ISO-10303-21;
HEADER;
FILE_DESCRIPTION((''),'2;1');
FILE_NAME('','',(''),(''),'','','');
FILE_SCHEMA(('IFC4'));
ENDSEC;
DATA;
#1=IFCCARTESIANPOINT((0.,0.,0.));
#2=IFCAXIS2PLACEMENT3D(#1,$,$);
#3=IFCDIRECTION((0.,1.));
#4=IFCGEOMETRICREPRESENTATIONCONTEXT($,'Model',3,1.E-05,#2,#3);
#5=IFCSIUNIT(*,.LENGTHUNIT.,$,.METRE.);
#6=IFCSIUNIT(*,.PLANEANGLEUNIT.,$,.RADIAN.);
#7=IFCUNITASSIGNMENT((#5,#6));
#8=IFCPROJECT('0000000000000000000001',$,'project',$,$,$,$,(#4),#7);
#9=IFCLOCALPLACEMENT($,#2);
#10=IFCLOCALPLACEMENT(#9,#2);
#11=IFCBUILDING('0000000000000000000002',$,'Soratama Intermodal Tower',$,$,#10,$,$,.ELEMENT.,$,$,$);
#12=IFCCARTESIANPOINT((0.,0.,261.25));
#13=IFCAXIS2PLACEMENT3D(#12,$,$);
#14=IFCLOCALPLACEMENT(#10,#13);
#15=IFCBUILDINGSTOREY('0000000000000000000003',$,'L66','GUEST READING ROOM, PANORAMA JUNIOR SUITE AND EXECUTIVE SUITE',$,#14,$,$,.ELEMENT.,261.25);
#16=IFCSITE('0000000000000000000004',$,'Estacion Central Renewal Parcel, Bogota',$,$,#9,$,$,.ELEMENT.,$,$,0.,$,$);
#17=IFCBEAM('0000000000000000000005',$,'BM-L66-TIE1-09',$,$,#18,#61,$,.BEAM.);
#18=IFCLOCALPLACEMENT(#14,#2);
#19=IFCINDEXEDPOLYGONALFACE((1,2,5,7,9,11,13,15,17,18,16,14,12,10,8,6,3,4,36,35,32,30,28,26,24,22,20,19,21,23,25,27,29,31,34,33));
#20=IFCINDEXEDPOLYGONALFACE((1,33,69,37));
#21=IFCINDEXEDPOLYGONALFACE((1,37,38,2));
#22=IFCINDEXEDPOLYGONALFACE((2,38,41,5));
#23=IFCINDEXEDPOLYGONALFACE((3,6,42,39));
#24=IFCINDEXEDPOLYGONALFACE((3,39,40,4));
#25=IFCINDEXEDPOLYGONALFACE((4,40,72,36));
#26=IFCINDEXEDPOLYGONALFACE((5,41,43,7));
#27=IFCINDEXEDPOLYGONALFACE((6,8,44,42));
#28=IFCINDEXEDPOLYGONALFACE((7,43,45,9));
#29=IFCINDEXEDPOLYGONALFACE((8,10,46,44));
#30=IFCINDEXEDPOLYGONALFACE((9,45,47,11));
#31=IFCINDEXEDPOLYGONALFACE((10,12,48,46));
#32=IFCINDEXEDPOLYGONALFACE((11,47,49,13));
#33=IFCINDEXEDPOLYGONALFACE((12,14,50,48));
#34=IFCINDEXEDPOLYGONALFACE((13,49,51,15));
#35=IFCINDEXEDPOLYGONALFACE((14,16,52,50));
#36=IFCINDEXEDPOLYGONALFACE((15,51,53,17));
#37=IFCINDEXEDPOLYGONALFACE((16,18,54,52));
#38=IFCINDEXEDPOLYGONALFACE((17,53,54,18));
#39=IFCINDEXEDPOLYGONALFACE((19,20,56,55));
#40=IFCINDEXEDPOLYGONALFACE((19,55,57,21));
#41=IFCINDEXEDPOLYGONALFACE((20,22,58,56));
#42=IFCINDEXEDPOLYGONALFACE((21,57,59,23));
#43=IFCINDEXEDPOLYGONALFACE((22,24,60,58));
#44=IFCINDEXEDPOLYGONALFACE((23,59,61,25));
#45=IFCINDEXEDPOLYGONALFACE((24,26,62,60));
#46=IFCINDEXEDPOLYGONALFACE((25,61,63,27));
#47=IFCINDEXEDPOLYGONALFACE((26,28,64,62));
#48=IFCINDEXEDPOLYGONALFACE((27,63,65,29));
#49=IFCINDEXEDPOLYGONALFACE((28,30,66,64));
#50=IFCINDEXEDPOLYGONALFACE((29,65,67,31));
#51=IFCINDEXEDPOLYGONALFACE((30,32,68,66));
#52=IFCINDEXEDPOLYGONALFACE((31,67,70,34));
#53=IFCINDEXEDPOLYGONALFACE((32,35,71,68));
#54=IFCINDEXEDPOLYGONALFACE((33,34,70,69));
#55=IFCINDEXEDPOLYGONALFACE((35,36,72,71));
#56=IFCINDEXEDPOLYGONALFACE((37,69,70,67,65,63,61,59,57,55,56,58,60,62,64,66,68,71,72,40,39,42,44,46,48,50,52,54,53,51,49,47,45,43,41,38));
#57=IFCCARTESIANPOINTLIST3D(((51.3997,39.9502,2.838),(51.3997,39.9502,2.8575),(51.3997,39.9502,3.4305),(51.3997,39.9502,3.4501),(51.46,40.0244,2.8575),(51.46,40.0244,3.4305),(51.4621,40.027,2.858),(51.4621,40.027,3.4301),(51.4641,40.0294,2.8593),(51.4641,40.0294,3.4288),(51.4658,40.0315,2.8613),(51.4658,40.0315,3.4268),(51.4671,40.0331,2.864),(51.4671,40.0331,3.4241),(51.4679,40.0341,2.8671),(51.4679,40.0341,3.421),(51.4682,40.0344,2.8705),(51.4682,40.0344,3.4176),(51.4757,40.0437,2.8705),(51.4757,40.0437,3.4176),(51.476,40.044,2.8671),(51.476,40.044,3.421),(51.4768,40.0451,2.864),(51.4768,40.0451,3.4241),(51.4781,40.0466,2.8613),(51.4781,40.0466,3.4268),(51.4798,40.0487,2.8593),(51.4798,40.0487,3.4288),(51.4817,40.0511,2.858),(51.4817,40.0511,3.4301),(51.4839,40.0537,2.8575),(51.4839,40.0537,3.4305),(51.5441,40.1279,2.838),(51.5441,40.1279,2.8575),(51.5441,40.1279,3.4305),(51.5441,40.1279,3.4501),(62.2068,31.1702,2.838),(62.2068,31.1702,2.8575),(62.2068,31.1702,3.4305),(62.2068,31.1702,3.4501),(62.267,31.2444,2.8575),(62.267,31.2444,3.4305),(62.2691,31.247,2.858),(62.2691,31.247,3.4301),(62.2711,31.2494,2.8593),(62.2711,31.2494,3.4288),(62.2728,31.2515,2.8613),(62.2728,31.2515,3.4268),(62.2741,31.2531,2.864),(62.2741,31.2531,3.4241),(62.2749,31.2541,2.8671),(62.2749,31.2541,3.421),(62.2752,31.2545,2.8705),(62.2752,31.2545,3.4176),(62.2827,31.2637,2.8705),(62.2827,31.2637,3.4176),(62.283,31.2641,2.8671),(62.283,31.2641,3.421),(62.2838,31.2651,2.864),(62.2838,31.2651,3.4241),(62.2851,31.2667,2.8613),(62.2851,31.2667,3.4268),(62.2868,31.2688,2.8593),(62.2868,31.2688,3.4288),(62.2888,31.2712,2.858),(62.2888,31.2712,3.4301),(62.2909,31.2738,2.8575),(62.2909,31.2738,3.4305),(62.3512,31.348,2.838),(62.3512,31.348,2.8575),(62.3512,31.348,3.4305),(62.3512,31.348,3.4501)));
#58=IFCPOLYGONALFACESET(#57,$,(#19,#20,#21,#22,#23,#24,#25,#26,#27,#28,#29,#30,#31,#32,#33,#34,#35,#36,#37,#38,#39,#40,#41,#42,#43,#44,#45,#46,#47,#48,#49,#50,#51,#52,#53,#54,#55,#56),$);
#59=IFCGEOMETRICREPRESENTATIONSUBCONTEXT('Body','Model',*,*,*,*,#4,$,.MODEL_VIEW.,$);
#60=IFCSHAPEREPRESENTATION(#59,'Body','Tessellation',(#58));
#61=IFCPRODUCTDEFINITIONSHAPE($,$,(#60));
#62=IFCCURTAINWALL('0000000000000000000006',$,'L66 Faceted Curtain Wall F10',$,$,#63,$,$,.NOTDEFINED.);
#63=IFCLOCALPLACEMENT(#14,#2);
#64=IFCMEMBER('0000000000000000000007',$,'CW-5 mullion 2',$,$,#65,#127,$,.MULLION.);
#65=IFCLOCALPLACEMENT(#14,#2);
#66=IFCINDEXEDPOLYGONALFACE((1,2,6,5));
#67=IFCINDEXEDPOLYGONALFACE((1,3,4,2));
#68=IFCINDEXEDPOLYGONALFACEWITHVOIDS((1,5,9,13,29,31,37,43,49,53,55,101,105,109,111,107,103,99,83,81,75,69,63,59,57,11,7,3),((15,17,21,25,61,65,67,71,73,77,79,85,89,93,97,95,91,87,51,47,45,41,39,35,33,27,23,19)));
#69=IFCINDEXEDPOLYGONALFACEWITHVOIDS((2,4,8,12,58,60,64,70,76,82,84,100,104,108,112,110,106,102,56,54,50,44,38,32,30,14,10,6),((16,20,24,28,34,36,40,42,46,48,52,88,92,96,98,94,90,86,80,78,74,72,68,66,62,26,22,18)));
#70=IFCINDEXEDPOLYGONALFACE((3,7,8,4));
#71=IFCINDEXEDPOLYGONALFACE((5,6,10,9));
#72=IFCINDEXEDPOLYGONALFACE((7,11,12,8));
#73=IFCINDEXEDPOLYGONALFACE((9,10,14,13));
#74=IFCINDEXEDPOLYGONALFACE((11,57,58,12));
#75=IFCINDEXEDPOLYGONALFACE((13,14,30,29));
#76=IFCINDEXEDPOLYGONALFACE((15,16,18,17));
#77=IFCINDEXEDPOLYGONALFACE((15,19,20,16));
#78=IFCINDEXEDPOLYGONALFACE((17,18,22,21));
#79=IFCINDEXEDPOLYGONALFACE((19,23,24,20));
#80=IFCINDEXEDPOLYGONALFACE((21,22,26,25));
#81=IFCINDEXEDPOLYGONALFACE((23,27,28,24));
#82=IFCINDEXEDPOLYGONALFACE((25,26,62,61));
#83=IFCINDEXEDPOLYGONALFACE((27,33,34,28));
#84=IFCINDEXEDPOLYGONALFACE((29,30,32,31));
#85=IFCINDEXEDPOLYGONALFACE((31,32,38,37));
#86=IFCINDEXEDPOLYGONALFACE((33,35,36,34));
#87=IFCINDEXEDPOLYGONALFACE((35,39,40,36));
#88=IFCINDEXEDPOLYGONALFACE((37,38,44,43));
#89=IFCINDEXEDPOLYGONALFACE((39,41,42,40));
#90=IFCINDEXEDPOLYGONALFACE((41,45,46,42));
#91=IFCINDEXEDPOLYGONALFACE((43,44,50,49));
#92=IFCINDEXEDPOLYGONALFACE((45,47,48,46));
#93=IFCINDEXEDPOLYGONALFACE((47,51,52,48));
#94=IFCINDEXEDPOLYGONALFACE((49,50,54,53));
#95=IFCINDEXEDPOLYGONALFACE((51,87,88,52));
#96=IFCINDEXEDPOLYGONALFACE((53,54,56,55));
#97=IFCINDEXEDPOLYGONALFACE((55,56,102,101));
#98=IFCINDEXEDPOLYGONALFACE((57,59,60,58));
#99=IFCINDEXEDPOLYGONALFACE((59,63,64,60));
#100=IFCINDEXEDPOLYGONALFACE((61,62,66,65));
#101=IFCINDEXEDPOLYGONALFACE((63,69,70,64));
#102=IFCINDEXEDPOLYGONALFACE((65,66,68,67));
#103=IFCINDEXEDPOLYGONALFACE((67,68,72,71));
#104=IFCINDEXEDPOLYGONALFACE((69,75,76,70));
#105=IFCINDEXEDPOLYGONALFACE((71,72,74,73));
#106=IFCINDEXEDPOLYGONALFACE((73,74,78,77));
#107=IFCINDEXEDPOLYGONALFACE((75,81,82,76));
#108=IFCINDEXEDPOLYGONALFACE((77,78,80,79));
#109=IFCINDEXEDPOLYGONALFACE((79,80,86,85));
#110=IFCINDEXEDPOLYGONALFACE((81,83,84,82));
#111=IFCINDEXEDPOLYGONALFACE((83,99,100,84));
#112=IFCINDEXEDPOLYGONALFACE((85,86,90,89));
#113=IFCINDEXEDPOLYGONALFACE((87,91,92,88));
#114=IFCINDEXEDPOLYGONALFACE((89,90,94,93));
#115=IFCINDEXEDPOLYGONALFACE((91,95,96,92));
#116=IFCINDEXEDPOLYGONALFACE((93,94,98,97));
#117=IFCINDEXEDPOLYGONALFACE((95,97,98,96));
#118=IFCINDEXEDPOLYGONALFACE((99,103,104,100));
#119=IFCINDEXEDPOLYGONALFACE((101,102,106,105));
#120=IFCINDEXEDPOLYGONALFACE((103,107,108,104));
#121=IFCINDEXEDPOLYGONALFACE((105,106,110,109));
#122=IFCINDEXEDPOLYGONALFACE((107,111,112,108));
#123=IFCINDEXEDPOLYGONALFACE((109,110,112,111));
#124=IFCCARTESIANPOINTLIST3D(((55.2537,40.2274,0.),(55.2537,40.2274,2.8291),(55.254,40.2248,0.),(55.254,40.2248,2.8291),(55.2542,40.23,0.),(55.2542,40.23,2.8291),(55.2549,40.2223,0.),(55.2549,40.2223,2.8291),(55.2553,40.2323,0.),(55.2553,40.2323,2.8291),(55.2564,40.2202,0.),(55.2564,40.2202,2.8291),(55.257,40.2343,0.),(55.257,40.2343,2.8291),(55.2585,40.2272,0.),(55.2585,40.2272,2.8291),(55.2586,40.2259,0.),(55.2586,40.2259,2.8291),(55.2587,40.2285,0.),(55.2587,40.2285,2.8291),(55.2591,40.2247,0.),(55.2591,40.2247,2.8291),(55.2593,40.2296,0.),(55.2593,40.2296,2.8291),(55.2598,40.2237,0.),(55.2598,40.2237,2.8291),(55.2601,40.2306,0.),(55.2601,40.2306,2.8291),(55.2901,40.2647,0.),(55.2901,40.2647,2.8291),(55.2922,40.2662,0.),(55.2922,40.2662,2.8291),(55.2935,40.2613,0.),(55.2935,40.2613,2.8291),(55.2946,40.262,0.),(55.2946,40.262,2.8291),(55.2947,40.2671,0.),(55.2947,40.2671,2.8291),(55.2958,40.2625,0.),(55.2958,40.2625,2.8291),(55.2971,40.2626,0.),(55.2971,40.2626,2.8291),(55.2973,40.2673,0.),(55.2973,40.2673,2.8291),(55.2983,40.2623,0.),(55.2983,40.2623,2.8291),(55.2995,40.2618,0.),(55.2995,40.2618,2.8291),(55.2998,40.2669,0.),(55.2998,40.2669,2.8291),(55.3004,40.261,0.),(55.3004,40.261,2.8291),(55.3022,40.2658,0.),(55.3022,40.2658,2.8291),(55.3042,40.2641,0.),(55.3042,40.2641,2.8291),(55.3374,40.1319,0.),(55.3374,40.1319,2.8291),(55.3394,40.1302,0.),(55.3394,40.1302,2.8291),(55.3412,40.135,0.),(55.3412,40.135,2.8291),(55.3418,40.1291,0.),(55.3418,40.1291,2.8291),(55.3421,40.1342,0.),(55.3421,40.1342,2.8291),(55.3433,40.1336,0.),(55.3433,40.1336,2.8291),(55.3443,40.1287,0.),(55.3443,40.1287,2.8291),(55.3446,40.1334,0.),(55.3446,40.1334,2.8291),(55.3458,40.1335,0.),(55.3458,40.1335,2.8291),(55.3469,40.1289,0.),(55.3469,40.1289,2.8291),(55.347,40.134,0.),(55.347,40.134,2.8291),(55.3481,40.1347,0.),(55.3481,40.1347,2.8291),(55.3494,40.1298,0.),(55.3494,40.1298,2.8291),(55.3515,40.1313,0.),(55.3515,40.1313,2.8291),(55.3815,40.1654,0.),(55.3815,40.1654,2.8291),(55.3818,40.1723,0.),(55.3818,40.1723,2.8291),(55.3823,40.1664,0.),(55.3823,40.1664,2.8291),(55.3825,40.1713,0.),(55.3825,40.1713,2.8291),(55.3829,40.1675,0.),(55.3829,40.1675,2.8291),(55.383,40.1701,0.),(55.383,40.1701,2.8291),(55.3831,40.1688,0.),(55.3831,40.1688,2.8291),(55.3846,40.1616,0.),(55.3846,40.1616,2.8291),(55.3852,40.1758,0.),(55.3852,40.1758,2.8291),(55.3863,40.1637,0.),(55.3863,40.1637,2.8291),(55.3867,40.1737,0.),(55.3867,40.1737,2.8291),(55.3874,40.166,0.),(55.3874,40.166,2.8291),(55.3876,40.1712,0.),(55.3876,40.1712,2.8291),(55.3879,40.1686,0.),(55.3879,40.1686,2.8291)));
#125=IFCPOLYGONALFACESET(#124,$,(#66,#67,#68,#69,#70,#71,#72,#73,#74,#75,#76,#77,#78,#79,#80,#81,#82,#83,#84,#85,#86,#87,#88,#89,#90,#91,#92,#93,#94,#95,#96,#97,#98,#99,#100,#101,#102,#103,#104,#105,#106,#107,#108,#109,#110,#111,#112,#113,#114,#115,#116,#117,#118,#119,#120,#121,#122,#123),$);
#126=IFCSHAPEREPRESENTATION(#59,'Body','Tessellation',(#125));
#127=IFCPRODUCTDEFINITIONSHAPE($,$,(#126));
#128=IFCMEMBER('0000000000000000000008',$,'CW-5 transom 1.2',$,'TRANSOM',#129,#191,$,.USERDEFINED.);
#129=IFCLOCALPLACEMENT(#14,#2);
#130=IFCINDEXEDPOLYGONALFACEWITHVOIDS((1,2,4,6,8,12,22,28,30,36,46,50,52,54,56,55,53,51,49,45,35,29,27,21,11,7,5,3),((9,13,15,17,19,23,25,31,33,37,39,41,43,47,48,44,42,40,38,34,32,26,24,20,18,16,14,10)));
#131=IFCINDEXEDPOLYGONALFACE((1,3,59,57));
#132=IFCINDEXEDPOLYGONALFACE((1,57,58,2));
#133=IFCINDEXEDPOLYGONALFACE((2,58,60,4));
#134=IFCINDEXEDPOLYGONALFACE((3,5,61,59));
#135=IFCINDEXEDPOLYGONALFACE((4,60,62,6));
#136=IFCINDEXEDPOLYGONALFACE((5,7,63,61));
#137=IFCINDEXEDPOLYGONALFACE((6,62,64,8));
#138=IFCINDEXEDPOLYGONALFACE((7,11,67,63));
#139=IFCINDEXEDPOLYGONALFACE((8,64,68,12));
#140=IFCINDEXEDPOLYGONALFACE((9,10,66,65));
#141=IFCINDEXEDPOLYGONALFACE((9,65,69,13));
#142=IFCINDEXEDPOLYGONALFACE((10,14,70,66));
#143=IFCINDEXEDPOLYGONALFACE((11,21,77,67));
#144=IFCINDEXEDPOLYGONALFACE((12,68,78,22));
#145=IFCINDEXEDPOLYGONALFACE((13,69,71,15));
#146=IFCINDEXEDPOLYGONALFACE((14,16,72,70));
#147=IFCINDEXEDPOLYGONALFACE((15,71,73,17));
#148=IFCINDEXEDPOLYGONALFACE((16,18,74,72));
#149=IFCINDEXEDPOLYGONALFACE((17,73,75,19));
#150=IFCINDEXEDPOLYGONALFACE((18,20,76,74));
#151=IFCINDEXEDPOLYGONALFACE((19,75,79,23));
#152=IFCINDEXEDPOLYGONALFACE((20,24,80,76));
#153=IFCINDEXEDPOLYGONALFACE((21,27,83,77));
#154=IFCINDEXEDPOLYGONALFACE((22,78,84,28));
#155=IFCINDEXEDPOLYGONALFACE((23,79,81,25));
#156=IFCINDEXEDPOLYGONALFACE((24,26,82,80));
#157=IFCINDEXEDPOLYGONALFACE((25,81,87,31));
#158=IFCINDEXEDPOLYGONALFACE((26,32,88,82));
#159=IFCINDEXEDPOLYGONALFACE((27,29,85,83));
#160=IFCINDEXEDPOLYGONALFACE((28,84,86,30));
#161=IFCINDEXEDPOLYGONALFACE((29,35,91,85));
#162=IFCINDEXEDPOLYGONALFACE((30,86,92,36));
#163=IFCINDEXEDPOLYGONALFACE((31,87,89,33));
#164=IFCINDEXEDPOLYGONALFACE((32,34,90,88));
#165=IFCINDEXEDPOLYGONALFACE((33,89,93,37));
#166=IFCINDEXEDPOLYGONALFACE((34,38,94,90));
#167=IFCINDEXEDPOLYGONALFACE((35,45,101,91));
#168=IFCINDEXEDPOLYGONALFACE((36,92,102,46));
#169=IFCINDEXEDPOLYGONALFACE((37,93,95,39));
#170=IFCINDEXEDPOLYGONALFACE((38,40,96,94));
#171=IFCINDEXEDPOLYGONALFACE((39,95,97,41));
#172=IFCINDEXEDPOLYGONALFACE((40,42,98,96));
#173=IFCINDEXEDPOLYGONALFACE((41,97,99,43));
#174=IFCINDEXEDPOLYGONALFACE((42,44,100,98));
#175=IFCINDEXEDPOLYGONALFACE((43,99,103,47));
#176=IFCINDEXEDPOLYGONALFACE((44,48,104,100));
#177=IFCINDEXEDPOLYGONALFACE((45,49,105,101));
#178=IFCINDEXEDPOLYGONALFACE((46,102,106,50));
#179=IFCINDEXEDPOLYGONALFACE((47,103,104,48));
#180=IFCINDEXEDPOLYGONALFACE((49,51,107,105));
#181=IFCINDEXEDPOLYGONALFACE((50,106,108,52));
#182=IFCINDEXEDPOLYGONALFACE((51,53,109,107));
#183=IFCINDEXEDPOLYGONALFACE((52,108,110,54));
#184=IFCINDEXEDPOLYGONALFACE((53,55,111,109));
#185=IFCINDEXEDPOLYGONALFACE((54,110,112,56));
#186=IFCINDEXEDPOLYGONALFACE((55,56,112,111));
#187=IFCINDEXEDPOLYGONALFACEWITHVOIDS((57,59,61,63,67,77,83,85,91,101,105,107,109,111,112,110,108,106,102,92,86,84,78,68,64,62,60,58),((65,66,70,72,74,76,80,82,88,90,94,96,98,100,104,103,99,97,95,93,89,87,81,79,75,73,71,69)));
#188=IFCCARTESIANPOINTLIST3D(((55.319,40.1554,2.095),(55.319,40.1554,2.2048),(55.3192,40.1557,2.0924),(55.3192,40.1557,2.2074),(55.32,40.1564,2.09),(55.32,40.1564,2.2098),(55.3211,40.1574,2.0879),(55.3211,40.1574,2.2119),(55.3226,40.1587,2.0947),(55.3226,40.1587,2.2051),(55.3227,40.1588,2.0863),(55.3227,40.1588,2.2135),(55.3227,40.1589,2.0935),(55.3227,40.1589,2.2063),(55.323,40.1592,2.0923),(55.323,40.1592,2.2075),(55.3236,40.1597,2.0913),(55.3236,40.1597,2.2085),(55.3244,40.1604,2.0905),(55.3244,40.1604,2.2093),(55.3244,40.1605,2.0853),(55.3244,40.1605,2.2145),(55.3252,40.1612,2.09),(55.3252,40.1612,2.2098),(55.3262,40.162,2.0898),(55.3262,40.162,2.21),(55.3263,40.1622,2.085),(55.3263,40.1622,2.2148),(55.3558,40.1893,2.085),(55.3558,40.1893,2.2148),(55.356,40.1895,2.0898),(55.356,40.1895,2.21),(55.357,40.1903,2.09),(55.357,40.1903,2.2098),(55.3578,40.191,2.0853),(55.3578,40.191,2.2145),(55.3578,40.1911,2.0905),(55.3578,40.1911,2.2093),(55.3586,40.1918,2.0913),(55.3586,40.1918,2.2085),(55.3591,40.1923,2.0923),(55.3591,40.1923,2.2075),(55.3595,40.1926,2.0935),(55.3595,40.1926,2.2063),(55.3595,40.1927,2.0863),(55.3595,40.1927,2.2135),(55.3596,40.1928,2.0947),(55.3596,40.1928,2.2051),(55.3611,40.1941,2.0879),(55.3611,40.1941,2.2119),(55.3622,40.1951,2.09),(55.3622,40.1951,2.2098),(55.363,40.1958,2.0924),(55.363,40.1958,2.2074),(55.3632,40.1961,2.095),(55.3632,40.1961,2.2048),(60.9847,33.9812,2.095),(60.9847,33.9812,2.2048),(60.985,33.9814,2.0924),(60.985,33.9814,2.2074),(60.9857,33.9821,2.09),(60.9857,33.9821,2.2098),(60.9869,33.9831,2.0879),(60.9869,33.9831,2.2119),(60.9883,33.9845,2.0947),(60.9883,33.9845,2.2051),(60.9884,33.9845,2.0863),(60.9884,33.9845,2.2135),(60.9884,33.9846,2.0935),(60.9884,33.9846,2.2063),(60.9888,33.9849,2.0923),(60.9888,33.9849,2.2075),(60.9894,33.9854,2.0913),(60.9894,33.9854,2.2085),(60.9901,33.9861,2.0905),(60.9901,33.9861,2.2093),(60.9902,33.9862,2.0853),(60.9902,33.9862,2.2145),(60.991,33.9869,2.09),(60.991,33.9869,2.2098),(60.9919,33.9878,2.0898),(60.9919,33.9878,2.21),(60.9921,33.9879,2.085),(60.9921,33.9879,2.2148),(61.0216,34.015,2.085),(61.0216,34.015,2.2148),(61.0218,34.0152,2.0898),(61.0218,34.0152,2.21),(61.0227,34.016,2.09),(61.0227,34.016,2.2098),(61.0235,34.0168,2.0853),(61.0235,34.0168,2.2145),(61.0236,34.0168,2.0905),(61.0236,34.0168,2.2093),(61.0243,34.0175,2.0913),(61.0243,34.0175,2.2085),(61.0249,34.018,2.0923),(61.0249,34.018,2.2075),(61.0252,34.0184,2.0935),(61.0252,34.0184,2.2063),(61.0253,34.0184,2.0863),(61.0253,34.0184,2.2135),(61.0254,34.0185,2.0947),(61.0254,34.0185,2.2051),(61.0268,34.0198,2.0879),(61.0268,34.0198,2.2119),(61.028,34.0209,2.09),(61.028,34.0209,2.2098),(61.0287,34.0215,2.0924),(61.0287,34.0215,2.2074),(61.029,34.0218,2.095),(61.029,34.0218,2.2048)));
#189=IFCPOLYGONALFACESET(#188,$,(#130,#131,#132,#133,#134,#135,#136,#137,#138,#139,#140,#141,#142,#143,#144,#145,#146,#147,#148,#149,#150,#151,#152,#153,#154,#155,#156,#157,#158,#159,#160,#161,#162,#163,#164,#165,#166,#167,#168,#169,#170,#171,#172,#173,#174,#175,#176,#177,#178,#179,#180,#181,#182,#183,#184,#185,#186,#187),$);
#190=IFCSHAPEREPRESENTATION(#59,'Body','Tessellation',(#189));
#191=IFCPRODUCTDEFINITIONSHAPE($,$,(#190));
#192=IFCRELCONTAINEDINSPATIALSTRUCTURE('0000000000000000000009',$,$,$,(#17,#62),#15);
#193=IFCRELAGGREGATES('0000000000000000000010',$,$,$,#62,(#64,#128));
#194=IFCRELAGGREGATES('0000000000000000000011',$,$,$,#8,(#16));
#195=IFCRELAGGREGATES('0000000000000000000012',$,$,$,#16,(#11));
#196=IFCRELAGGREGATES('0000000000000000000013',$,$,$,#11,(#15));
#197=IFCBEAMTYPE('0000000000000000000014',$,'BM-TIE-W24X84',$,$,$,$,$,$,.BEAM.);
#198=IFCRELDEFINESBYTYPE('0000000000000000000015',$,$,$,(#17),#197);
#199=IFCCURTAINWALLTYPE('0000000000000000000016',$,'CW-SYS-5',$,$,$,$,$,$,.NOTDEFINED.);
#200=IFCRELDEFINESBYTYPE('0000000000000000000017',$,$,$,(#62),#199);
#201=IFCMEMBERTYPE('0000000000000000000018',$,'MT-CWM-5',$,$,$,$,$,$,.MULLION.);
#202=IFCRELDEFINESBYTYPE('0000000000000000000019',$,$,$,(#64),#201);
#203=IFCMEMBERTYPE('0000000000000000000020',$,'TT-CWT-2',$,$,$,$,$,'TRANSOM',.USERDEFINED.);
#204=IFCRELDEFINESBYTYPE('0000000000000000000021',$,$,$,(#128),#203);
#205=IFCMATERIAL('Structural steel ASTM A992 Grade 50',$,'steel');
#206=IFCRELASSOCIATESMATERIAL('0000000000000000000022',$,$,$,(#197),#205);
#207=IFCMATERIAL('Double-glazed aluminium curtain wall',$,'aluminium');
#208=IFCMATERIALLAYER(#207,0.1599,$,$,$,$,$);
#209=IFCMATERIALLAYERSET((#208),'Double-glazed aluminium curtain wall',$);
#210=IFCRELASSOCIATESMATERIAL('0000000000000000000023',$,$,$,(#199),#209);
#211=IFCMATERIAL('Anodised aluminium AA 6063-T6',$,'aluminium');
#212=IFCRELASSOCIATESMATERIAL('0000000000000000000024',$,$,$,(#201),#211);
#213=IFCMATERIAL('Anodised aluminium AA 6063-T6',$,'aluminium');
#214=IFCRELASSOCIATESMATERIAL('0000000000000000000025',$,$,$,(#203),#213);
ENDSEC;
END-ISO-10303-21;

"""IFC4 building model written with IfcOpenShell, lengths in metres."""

from ifc_helpers import new_model, si_unit, direction, frame, origin, origin_2d, place, context, subcontext, project, spatial, hollow_rectangle, i_section, extrude, material, layer, layer_set, material_profile, profile_set, type_object, element, aggregate, save


model = new_model("IFC4")

# Units and contexts
model_context = context("Model", 3, precision=1e-05, world=origin(), true_north=direction((0.0, 1.0)))
body_context = subcontext(model_context, "Body", "Model", "MODEL_VIEW")
ifc_project = project(units=[si_unit("LENGTHUNIT", "METRE"), si_unit("PLANEANGLEUNIT", "RADIAN")], contexts=[model_context])

# Site, building, storey
site_placement = place(None, origin())
site = spatial("IfcSite", under=ifc_project, at=site_placement, Name="Estacion Central Renewal Parcel, Bogota", CompositionType="ELEMENT", RefElevation=0.0)
building_placement = place(site_placement, origin())
building = spatial("IfcBuilding", under=site, at=building_placement, Name="Soratama Intermodal Tower", CompositionType="ELEMENT")
storey_placement = place(building_placement, frame((0.0, 0.0, 261.25)))
storey = spatial("IfcBuildingStorey", under=building, at=storey_placement, Name="L66", Description="GUEST READING ROOM, PANORAMA JUNIOR SUITE AND EXECUTIVE SUITE", CompositionType="ELEMENT", Elevation=261.25)

# Beam
ifc_material_1 = material(Name="Structural steel ASTM A992 Grade 50", Category="steel")
ifc_material_profile_1 = material_profile(ifc_material_1, i_section(OverallWidth=0.229, OverallDepth=0.6121, WebThickness=0.012, FlangeThickness=0.0195, FilletRadius=0.0129, at=origin_2d()), Name="W24X84")
ifc_profile_set_1 = profile_set([ifc_material_profile_1], Name="Structural steel ASTM A992 Grade 50")
beam_type_1 = type_object("IfcBeamType", Name="BM-TIE-W24X84", PredefinedType="BEAM", material=ifc_profile_set_1)
beam_1_placement = place(storey_placement, frame((51.4719, 40.0391, 3.144), z_axis=(0.776141, -0.63056, 0.0), x_axis=(0.63056, 0.776141, 0.0)))
element("IfcBeam", 1, at=beam_1_placement, inside=storey, type_object=beam_type_1, Name="BM-L66-TIE1-09", PredefinedType="BEAM", context=body_context, shape_type="SweptSolid", body=[
    extrude(i_section(OverallWidth=0.229, OverallDepth=0.6121, WebThickness=0.012, FlangeThickness=0.0195, FilletRadius=0.0129, at=origin_2d()), origin(), (0.0, 0.0, 1.0), 13.9241),
])

# Curtain wall, members
ifc_material_2 = material(Name="Double-glazed aluminium curtain wall", Category="aluminium")
ifc_layer_1 = layer(ifc_material_2, 0.1599)
ifc_layer_set_1 = layer_set([ifc_layer_1], Name="Double-glazed aluminium curtain wall")
curtain_wall_type = type_object("IfcCurtainWallType", Name="CW-SYS-5", PredefinedType="NOTDEFINED", material=ifc_layer_set_1)
curtain_wall_placement = place(storey_placement, origin())
curtain_wall = element("IfcCurtainWall", 2, at=curtain_wall_placement, inside=storey, type_object=curtain_wall_type, Name="L66 Faceted Curtain Wall F10", PredefinedType="NOTDEFINED")
ifc_material_3 = material(Name="Anodised aluminium AA 6063-T6", Category="aluminium")
ifc_material_profile_2 = material_profile(ifc_material_3, hollow_rectangle(XDim=0.0649, YDim=0.1399, WallThickness=0.0049, InnerFilletRadius=0.0049, OuterFilletRadius=0.01, at=origin_2d()), Name="CWM140X65X5")
ifc_profile_set_2 = profile_set([ifc_material_profile_2], Name="Anodised aluminium AA 6063-T6")
member_type_1 = type_object("IfcMemberType", Name="MT-CWM-5", PredefinedType="MULLION", material=ifc_profile_set_2)
member_1_placement = place(storey_placement, frame((55.3208, 40.198, 0.0), z_axis=(0.0, 0.0, 1.0), x_axis=(-0.736803, -0.676108, 0.0)))
member_1 = element("IfcMember", 3, at=member_1_placement, type_object=member_type_1, Name="CW-5 mullion 2", PredefinedType="MULLION", context=body_context, shape_type="SweptSolid", body=[
    extrude(hollow_rectangle(XDim=0.0649, YDim=0.1399, WallThickness=0.0049, InnerFilletRadius=0.0049, OuterFilletRadius=0.01, at=origin_2d()), origin(), (0.0, 0.0, 1.0), 2.8291),
])
ifc_material_4 = material(Name="Anodised aluminium AA 6063-T6", Category="aluminium")
ifc_material_profile_3 = material_profile(ifc_material_4, hollow_rectangle(XDim=0.0601, YDim=0.1299, WallThickness=0.0049, InnerFilletRadius=0.0049, OuterFilletRadius=0.01, at=origin_2d()), Name="CWT130X60X5")
ifc_profile_set_3 = profile_set([ifc_material_profile_3], Name="Anodised aluminium AA 6063-T6")
member_type_2 = type_object("IfcMemberType", Name="TT-CWT-2", ElementType="TRANSOM", PredefinedType="USERDEFINED", material=ifc_profile_set_3)
member_2_placement = place(storey_placement, frame((61.0068, 34.0015, 2.1499), z_axis=(-0.676112, 0.736798, 0.0), x_axis=(-0.736798, -0.676112, 0.0)))
member_2 = element("IfcMember", 4, at=member_2_placement, type_object=member_type_2, Name="CW-5 transom 1.2", ObjectType="TRANSOM", PredefinedType="USERDEFINED", context=body_context, shape_type="SweptSolid", body=[
    extrude(hollow_rectangle(XDim=0.0601, YDim=0.1299, WallThickness=0.0049, InnerFilletRadius=0.0049, OuterFilletRadius=0.01, at=origin_2d()), origin(), (0.0, 0.0, 1.0), 8.3799),
])
aggregate(curtain_wall, [member_1, member_2])

save(model, "model.ifc")
